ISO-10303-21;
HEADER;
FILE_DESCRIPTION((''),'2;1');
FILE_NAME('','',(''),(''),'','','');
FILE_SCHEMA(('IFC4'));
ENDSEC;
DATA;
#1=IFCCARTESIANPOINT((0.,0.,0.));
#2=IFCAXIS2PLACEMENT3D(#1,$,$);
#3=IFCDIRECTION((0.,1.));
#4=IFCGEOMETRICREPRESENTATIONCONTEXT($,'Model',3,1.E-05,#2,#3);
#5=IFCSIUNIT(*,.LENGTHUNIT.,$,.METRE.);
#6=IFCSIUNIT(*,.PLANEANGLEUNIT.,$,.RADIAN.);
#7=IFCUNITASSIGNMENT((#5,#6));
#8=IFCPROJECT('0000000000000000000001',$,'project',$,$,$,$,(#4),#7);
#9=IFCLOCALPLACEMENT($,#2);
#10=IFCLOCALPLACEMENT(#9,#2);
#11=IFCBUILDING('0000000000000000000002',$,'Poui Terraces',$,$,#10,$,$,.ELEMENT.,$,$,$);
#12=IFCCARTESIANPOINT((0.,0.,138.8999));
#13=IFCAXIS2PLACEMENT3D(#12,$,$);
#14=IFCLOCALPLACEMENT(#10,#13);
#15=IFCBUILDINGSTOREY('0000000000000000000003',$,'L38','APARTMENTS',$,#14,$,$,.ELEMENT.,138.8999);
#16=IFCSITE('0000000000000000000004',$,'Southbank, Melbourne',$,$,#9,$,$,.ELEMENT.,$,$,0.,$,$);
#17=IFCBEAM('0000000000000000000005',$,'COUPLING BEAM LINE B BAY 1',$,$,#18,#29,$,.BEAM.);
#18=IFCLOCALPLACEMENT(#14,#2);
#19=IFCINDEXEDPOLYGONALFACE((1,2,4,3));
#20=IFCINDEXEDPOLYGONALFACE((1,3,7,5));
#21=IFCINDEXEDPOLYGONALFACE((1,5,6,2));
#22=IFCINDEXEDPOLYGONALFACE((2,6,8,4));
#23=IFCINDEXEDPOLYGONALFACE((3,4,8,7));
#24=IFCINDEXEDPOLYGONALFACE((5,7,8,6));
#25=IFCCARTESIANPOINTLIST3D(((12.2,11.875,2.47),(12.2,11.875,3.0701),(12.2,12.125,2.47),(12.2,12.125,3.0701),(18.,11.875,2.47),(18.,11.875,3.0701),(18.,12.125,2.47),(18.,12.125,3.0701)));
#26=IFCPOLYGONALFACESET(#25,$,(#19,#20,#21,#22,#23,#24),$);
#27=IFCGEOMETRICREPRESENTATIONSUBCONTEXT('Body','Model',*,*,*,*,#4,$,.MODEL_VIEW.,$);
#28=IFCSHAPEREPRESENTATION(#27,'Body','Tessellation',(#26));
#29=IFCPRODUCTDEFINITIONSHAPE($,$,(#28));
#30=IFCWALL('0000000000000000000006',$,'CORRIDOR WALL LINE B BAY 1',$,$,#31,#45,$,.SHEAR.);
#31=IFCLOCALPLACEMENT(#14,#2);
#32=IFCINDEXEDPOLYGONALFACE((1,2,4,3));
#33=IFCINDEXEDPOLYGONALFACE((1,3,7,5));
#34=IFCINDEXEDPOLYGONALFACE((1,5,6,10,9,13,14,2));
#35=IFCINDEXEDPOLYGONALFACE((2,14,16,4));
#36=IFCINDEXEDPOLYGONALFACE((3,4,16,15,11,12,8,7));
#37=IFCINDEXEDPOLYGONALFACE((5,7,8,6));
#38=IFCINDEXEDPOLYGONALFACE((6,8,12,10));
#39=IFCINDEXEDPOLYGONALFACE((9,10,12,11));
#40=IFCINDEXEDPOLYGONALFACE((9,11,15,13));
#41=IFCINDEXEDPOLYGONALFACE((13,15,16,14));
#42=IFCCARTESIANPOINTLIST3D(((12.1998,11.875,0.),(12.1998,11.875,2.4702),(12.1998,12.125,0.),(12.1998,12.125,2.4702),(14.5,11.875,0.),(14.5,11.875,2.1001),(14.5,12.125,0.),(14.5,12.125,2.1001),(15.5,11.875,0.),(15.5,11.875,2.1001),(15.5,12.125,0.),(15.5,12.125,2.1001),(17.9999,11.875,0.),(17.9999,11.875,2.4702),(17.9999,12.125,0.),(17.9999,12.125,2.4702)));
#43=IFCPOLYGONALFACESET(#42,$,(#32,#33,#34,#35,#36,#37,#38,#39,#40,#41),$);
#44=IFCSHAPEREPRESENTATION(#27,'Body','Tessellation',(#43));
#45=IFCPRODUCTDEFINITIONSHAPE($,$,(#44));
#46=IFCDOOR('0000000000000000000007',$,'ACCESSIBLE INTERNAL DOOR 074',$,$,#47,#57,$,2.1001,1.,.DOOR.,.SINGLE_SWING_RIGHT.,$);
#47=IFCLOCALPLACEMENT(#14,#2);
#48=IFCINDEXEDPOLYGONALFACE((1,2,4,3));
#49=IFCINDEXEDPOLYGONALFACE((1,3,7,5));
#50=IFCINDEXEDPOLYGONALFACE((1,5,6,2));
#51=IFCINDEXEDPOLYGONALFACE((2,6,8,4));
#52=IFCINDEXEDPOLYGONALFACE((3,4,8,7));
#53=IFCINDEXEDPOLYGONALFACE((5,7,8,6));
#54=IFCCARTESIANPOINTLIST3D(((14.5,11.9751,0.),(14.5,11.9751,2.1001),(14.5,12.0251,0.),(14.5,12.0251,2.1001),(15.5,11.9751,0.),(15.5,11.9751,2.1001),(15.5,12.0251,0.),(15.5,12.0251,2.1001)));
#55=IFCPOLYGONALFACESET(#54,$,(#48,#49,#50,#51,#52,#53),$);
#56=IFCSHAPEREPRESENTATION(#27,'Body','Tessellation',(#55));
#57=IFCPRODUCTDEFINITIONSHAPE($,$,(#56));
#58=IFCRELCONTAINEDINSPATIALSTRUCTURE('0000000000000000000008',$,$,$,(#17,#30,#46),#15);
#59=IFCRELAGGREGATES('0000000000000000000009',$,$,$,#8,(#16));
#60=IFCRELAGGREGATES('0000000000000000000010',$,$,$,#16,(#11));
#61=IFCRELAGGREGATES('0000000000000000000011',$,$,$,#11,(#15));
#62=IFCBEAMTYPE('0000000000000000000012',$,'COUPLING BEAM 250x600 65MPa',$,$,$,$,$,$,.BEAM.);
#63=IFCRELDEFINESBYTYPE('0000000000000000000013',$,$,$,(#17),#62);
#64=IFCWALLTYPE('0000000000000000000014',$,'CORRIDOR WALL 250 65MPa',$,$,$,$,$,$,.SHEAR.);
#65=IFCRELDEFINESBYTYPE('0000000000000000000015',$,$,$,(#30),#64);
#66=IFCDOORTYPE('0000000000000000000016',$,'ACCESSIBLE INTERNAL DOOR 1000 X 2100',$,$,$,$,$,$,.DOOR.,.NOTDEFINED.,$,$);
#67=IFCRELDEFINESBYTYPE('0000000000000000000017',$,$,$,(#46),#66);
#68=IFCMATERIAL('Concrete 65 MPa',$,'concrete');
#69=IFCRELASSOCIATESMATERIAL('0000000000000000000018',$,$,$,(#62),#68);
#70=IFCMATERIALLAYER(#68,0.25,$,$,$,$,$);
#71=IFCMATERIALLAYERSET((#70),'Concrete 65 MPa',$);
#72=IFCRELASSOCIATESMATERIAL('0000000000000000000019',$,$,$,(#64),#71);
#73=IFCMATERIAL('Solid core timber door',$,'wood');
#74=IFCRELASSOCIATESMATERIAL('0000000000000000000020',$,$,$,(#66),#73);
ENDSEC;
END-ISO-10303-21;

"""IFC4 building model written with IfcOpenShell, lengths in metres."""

from ifc_helpers import new_model, si_unit, direction, frame, frame_2d, origin, origin_2d, place, context, subcontext, project, spatial, rectangle, extrude, source, transform, mapped, material, layer, layer_set, material_profile, profile_set, type_object, element, fill, save


model = new_model("IFC4")

# Units and contexts
model_context = context("Model", 3, precision=1e-05, world=origin(), true_north=direction((0.0, 1.0)))
body_context = subcontext(model_context, "Body", "Model", "MODEL_VIEW")
ifc_project = project(units=[si_unit("LENGTHUNIT", "METRE"), si_unit("PLANEANGLEUNIT", "RADIAN")], contexts=[model_context])

# Site, building, storey
site_placement = place(None, origin())
site = spatial("IfcSite", under=ifc_project, at=site_placement, Name="Southbank, Melbourne", CompositionType="ELEMENT", RefElevation=0.0)
building_placement = place(site_placement, origin())
building = spatial("IfcBuilding", under=site, at=building_placement, Name="Poui Terraces", CompositionType="ELEMENT")
storey_placement = place(building_placement, frame((0.0, 0.0, 138.8999)))
storey = spatial("IfcBuildingStorey", under=building, at=storey_placement, Name="L38", Description="APARTMENTS", CompositionType="ELEMENT", Elevation=138.8999)

# Beam
ifc_material_1 = material(Name="Concrete 65 MPa", Category="concrete")
ifc_material_profile = material_profile(ifc_material_1, rectangle(XDim=0.25, YDim=0.6001, at=origin_2d()), Name="RC 250x600")
ifc_profile_set = profile_set([ifc_material_profile], Name="Concrete 65 MPa")
beam_type = type_object("IfcBeamType", Name="COUPLING BEAM 250x600 65MPa", PredefinedType="BEAM", material=ifc_profile_set)
shared_shape = source(origin(), body_context, "Body", "SweptSolid", [
    extrude(rectangle(XDim=0.25, YDim=0.6001, at=origin_2d()), origin(), (0.0, 0.0, 1.0), 5.8),
])
beam_placement = place(storey_placement, frame((12.2, 12.0, 2.77), z_axis=(1.0, 0.0, 0.0), x_axis=(0.0, 1.0, 0.0)))
element("IfcBeam", 1, at=beam_placement, inside=storey, type_object=beam_type, Name="COUPLING BEAM LINE B BAY 1", PredefinedType="BEAM", context=body_context, shape_type="MappedRepresentation", body=[
    mapped(shared_shape, transform((0.0, 0.0, 0.0))),
])

# Wall, opening, door
ifc_layer_1 = layer(ifc_material_1, 0.25)
ifc_layer_set_1 = layer_set([ifc_layer_1], Name="Concrete 65 MPa")
wall_type_1 = type_object("IfcWallType", Name="CORRIDOR WALL 250 65MPa", PredefinedType="SHEAR", material=ifc_layer_set_1)
wall_1_placement = place(storey_placement, frame((12.2, 12.0, 0.0), z_axis=(0.0, 0.0, 1.0), x_axis=(1.0, 0.0, 0.0)))
wall_1 = element("IfcWall", 2, at=wall_1_placement, inside=storey, type_object=wall_type_1, Name="CORRIDOR WALL LINE B BAY 1", PredefinedType="SHEAR", context=body_context, shape_type="SweptSolid", body=[
    extrude(rectangle(XDim=5.8, YDim=0.25, at=frame_2d((2.8999, 0.0))), origin(), (0.0, 0.0, 1.0), 2.4702),
])
opening_1_placement = place(wall_1_placement, frame((2.3, 0.0, 0.0)))
opening_1 = element("IfcOpeningElement", 3, at=opening_1_placement, cuts=wall_1, PredefinedType="OPENING", context=body_context, shape_type="SweptSolid", body=[
    extrude(rectangle(XDim=1.0, YDim=2.1001, at=frame_2d((0.5, 1.05))), frame((0.0, 0.135, 0.0), z_axis=(0.0, -1.0, 0.0), x_axis=(1.0, 0.0, 0.0)), (0.0, 0.0, 1.0), 0.27),
])
ifc_material_2 = material(Name="Solid core timber door", Category="wood")
door_type_1 = type_object("IfcDoorType", Name="ACCESSIBLE INTERNAL DOOR 1000 X 2100", OperationType="NOTDEFINED", PredefinedType="DOOR", material=ifc_material_2)
door_1_placement = place(opening_1_placement, frame((1.0, 0.0, 0.0), z_axis=(0.0, 0.0, 1.0), x_axis=(-1.0, 0.0, 0.0)))
door_1 = element("IfcDoor", 4, at=door_1_placement, inside=storey, type_object=door_type_1, Name="ACCESSIBLE INTERNAL DOOR 074", OperationType="SINGLE_SWING_RIGHT", OverallHeight=2.1001, OverallWidth=1.0, PredefinedType="DOOR", context=body_context, shape_type="SweptSolid", body=[
    extrude(rectangle(XDim=1.0, YDim=2.1001, at=frame_2d((0.5, 1.05))), frame((0.0, 0.0249, 0.0), z_axis=(0.0, -1.0, 0.0), x_axis=(1.0, 0.0, 0.0)), (0.0, 0.0, 1.0), 0.05),
])
fill(opening_1, door_1)

save(model, "model.ifc")
